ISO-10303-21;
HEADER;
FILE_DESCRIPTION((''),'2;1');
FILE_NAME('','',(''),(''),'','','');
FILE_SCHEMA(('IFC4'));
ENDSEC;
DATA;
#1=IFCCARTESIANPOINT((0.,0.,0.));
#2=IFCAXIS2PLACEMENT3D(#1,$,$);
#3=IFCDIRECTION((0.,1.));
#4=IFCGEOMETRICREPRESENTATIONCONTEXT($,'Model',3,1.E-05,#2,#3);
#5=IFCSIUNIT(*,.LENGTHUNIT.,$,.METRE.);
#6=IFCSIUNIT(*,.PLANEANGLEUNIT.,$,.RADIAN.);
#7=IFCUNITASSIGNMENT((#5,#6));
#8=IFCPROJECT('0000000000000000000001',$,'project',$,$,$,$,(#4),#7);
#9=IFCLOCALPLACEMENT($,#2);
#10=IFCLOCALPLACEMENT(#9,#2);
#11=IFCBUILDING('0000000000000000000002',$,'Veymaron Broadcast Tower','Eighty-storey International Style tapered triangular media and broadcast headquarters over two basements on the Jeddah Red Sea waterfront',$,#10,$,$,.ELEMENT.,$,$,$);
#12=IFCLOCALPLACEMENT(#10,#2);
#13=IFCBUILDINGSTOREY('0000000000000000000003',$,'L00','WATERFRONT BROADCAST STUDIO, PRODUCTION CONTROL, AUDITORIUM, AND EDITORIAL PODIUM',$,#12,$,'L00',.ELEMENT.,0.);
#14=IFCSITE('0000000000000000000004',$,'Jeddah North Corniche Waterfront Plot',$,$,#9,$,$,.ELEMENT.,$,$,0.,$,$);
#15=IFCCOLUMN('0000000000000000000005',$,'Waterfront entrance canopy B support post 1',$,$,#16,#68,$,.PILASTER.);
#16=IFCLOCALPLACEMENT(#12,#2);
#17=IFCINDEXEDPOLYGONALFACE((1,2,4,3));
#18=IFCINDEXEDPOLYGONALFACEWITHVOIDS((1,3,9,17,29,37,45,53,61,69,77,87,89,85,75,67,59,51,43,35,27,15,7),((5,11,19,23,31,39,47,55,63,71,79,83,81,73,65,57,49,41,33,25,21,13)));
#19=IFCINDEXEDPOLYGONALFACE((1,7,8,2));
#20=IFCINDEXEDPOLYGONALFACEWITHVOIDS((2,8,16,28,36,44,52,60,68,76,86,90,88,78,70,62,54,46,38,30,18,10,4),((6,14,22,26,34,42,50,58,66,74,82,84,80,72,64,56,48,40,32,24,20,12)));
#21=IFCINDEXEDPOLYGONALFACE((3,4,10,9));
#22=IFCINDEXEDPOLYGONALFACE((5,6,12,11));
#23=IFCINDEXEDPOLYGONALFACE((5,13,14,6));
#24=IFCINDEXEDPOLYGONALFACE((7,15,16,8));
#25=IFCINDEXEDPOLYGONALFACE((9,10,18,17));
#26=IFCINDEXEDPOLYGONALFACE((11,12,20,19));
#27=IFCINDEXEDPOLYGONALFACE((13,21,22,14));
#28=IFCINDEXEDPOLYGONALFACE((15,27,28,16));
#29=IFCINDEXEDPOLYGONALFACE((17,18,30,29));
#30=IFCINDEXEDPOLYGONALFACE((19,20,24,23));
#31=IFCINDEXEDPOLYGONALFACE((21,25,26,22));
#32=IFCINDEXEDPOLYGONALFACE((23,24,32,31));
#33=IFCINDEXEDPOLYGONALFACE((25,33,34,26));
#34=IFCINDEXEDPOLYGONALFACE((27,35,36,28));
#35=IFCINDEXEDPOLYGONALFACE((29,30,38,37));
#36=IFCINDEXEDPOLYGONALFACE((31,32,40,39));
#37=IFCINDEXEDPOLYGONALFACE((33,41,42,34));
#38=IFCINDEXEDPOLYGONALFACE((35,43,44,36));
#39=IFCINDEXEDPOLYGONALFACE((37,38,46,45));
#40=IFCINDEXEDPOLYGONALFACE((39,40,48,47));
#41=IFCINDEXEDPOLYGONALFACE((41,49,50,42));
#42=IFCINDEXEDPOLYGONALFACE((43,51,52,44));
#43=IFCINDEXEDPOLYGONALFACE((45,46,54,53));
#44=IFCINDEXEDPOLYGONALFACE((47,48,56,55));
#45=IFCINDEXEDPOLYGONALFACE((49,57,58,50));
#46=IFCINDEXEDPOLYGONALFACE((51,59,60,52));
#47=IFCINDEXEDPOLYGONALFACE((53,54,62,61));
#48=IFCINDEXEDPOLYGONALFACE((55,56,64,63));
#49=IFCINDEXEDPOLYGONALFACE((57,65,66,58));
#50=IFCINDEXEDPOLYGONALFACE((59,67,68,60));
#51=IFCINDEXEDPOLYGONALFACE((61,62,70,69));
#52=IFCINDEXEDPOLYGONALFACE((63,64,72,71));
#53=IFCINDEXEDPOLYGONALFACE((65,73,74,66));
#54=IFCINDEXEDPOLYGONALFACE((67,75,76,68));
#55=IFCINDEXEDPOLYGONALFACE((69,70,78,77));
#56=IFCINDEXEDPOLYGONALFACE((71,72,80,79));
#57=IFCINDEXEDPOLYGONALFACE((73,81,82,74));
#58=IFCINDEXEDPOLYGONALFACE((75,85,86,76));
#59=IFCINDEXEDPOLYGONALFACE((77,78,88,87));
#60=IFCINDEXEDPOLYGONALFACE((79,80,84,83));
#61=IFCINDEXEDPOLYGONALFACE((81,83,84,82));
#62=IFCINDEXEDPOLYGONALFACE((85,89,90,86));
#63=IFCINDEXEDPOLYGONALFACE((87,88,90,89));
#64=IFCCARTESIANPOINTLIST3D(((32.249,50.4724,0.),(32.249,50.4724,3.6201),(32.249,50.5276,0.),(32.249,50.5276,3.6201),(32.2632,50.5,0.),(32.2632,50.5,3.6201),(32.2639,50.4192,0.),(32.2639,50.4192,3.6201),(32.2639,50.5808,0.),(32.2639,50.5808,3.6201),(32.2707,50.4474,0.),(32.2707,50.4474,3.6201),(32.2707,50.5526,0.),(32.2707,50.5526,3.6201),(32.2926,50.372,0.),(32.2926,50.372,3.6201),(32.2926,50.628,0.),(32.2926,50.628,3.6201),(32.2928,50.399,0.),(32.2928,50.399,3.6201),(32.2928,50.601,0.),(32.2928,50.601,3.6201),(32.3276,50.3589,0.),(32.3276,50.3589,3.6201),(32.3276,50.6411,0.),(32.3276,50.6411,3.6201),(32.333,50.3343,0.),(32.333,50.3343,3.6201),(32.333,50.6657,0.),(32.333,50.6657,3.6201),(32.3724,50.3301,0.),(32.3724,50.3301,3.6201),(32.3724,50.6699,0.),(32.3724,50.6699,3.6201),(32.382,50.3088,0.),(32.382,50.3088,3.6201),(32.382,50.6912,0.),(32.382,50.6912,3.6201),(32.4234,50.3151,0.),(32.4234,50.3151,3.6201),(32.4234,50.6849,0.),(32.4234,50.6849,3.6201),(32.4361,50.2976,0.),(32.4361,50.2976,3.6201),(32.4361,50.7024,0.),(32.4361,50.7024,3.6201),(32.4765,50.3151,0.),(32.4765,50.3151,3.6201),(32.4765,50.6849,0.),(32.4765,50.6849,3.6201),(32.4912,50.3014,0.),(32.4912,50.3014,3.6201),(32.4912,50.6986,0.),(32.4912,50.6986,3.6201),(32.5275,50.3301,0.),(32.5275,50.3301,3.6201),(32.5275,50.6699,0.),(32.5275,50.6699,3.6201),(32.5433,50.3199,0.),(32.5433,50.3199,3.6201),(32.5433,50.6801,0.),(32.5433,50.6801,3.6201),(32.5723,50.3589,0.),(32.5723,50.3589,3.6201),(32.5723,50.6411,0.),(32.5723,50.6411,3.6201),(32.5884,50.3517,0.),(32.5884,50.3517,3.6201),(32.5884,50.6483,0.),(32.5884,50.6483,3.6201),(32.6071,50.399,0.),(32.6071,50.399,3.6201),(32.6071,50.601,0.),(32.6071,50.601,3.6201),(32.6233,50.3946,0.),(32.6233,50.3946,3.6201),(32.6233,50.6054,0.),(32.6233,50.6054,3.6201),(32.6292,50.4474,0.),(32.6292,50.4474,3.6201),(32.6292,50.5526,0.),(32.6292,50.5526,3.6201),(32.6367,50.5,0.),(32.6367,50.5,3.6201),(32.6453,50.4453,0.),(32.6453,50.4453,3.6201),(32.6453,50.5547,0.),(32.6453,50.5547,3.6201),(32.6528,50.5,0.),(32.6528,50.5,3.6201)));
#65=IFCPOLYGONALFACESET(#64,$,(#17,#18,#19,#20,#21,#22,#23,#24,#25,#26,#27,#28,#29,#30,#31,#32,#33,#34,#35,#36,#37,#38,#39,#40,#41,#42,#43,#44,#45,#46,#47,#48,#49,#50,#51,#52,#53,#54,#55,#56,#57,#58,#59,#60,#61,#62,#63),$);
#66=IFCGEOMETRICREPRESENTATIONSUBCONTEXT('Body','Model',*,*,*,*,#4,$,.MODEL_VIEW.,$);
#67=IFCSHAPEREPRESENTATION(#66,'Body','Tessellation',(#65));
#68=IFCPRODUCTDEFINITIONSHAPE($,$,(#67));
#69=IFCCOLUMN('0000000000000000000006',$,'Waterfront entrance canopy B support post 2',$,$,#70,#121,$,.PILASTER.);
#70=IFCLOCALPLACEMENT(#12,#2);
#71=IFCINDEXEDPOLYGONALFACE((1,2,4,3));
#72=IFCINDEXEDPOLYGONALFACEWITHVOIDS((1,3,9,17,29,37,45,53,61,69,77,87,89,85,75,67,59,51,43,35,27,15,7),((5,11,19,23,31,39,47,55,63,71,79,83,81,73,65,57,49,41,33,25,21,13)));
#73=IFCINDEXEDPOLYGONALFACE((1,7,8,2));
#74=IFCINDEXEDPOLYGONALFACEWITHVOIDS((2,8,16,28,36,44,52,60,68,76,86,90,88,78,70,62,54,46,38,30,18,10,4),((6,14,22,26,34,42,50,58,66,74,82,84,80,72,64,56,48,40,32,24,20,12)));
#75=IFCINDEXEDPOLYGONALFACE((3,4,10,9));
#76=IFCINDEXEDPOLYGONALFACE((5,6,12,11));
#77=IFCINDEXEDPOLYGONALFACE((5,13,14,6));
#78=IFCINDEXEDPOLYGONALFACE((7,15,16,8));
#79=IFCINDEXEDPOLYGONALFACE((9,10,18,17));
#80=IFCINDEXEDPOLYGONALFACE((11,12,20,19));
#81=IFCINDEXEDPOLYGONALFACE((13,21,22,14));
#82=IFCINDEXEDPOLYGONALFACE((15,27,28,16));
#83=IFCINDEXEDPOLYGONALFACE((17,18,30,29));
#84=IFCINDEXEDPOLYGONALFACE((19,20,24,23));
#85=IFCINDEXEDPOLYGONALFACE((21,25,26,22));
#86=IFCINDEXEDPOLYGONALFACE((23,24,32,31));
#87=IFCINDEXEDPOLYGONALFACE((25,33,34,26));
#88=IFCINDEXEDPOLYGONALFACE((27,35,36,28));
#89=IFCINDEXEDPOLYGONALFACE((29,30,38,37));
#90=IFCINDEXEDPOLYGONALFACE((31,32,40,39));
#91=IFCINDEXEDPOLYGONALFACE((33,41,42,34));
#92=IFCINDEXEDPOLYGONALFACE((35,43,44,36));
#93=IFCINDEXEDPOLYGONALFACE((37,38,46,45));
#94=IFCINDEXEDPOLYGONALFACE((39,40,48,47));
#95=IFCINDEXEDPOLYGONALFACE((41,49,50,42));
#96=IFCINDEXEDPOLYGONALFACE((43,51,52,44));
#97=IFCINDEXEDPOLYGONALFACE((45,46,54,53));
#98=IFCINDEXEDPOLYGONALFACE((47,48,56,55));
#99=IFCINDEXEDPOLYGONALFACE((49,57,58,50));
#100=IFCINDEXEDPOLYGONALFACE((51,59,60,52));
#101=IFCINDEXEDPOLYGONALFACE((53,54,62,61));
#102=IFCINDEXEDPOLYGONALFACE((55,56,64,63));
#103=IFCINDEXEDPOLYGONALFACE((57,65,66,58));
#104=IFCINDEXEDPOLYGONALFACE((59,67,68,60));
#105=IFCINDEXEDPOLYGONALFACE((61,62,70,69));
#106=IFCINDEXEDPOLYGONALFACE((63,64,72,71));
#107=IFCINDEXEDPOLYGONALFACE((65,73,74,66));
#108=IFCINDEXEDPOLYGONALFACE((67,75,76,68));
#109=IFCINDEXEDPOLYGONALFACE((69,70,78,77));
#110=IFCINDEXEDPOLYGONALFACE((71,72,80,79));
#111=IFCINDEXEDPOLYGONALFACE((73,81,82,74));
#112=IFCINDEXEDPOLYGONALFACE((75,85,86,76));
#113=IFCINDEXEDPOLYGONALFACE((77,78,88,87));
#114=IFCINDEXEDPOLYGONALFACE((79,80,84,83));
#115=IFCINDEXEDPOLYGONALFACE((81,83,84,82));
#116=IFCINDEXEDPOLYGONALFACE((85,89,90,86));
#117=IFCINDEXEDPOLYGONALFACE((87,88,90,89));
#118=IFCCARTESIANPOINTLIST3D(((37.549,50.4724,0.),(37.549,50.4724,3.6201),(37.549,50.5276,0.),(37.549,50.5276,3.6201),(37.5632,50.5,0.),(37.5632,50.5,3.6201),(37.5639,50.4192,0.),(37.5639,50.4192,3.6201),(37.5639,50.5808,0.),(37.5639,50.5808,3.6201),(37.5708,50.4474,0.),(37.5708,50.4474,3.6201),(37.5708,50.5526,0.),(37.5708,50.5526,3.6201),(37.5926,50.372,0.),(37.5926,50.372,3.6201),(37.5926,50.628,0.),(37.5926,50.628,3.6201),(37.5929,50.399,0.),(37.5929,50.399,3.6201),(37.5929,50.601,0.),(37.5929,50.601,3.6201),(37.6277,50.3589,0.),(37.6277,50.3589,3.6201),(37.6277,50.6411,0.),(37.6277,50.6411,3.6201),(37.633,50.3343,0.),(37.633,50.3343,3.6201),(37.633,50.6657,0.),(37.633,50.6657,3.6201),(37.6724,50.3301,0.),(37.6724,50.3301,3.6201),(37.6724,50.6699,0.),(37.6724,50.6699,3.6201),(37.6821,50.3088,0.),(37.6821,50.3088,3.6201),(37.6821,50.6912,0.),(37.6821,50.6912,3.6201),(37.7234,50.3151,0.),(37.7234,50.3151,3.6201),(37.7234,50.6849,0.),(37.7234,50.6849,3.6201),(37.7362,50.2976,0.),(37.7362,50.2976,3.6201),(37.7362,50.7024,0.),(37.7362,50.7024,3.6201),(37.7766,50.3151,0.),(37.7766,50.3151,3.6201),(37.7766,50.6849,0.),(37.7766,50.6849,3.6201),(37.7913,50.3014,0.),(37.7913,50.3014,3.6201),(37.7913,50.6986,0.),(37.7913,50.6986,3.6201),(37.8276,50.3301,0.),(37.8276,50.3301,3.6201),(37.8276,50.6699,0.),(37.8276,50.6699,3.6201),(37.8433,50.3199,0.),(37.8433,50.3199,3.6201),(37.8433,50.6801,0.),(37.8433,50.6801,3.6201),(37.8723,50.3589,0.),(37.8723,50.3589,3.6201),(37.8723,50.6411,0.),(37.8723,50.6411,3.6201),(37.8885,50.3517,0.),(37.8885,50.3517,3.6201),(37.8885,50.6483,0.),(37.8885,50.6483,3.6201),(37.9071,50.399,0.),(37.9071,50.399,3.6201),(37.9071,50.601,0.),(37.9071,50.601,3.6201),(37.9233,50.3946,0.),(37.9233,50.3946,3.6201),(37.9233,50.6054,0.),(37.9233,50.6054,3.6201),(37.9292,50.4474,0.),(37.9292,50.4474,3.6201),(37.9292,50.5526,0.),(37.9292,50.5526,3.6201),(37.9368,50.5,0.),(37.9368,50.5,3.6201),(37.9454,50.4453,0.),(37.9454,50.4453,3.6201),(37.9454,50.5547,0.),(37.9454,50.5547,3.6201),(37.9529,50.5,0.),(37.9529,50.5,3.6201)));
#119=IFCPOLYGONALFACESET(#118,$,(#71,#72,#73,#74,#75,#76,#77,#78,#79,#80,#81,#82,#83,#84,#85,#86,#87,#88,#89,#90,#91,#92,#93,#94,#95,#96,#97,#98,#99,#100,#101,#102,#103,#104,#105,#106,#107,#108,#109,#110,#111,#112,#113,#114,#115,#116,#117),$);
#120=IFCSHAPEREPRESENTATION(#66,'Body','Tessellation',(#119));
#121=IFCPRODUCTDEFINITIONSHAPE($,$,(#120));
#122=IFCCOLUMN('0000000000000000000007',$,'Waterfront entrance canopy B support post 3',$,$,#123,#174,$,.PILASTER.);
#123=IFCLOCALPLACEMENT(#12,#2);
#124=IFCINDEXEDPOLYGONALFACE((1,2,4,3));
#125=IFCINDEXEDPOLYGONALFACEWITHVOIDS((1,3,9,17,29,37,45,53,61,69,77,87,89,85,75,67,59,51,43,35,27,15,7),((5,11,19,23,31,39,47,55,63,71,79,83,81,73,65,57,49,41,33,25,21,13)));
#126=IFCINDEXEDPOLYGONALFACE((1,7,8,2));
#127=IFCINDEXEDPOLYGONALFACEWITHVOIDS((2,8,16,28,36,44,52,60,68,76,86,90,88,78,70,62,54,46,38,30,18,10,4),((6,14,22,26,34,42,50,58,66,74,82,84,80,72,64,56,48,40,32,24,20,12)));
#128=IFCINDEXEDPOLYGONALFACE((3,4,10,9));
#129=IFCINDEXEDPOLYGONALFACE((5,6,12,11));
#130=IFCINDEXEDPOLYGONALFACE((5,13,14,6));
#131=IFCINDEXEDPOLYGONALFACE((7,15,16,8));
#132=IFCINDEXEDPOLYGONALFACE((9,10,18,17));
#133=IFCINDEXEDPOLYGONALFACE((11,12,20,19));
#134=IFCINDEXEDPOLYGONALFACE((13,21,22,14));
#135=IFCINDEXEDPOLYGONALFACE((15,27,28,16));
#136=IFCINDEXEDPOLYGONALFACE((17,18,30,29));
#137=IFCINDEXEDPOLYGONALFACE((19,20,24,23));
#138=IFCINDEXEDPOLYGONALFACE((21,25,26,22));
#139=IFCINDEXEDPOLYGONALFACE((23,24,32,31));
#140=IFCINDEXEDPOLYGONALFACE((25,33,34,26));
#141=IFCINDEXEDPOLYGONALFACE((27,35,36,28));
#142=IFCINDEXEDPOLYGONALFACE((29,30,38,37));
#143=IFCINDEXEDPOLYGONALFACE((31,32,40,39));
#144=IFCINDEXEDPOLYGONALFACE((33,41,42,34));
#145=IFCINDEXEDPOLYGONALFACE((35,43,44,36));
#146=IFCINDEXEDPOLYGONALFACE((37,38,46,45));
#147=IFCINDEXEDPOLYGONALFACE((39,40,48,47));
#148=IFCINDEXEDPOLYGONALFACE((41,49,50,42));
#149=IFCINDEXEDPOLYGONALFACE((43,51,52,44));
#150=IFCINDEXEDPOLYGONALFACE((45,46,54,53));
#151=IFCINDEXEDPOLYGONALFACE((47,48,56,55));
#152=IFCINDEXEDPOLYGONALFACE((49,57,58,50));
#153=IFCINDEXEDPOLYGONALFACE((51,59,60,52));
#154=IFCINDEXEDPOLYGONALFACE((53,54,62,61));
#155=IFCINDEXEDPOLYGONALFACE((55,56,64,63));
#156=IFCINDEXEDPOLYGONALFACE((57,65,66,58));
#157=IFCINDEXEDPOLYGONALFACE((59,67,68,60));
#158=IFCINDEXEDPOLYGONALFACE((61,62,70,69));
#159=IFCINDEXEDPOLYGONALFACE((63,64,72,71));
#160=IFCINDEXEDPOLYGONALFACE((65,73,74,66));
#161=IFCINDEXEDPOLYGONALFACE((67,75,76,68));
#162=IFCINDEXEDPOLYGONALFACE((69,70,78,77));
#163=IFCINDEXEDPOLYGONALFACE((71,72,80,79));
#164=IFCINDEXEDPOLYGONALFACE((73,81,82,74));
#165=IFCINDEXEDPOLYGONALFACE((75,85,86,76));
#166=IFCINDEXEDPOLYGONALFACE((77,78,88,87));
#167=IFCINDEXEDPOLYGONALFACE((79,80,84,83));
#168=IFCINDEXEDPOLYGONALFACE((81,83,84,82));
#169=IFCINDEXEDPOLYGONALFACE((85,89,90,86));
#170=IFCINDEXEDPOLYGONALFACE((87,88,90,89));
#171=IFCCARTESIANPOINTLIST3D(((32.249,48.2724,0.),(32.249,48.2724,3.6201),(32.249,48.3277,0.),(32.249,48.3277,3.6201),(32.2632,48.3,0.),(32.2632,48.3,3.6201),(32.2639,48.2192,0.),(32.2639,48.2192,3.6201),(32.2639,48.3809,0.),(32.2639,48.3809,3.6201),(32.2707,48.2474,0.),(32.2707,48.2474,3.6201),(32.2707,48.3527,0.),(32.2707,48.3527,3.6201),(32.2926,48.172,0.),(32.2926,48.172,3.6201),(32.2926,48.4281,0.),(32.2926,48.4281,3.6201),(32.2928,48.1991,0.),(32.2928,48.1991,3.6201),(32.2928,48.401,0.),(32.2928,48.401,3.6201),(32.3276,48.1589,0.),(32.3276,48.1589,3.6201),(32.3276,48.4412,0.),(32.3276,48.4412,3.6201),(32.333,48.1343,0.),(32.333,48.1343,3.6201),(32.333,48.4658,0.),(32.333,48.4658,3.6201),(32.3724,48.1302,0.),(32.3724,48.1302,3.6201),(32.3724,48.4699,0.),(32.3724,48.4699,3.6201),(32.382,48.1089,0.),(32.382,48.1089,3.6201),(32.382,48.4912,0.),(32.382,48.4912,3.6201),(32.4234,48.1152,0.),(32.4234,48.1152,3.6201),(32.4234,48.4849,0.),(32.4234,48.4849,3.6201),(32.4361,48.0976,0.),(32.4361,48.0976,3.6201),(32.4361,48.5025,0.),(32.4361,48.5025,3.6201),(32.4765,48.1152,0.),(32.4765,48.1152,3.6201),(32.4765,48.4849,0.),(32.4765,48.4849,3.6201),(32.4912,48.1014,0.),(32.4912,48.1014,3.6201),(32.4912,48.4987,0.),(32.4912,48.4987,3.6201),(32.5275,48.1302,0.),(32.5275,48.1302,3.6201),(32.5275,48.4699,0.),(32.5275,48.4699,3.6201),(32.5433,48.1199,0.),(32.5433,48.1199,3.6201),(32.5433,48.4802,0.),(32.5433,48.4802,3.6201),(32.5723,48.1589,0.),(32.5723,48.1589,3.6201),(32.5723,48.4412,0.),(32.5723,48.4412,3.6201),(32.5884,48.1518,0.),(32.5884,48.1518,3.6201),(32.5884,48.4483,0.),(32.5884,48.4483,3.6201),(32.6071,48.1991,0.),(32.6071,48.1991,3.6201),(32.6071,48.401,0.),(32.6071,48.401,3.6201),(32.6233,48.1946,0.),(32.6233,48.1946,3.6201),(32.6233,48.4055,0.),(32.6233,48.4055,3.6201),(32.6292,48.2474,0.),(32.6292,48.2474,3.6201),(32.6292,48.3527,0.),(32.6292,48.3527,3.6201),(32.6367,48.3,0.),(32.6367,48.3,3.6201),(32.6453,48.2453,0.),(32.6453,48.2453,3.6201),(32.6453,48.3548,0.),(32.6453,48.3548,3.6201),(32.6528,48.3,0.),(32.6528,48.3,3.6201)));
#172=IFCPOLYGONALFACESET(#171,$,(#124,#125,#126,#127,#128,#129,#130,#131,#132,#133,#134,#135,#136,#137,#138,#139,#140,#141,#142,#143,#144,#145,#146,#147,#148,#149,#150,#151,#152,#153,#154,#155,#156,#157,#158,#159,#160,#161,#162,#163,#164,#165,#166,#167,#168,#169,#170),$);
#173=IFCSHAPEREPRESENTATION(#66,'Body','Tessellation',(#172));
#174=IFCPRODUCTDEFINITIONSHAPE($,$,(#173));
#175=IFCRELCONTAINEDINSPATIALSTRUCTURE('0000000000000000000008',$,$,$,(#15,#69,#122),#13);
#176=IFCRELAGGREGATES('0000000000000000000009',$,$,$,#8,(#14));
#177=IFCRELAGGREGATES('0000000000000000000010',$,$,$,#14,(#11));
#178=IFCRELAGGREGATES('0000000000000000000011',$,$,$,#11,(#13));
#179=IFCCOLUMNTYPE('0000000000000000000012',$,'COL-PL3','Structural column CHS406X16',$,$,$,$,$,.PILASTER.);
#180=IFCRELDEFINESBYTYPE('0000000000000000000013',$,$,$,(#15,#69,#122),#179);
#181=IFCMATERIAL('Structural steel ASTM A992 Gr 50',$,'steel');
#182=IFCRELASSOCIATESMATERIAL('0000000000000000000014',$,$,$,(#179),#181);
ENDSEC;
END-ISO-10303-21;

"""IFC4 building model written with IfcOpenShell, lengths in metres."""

from ifc_helpers import new_model, si_unit, direction, frame, origin, origin_2d, place, context, subcontext, project, spatial, hollow_circle, extrude, material, material_profile, profile_set, type_object, element, save


model = new_model("IFC4")

# Units and contexts
model_context = context("Model", 3, precision=1e-05, world=origin(), true_north=direction((0.0, 1.0)))
body_context = subcontext(model_context, "Body", "Model", "MODEL_VIEW")
ifc_project = project(units=[si_unit("LENGTHUNIT", "METRE"), si_unit("PLANEANGLEUNIT", "RADIAN")], contexts=[model_context])

# Site, building, storey
site_placement = place(None, origin())
site = spatial("IfcSite", under=ifc_project, at=site_placement, Name="Jeddah North Corniche Waterfront Plot", CompositionType="ELEMENT", RefElevation=0.0)
building_placement = place(site_placement, origin())
building = spatial("IfcBuilding", under=site, at=building_placement, Name="Veymaron Broadcast Tower", Description="Eighty-storey International Style tapered triangular media and broadcast headquarters over two basements on the Jeddah Red Sea waterfront", CompositionType="ELEMENT")
storey_placement = place(building_placement, origin())
storey = spatial("IfcBuildingStorey", under=building, at=storey_placement, Name="L00", Description="WATERFRONT BROADCAST STUDIO, PRODUCTION CONTROL, AUDITORIUM, AND EDITORIAL PODIUM", LongName="L00", CompositionType="ELEMENT", Elevation=0.0)

# Columns
ifc_material_1 = material(Name="Structural steel ASTM A992 Gr 50", Category="steel")
ifc_material_profile_1 = material_profile(ifc_material_1, hollow_circle(Radius=0.2029, WallThickness=0.0161, at=origin_2d()), Name="CHS406X16")
ifc_profile_set_1 = profile_set([ifc_material_profile_1], Name="Structural steel ASTM A992 Gr 50")
column_type_1 = type_object("IfcColumnType", Name="COL-PL3", Description="Structural column CHS406X16", PredefinedType="PILASTER", material=ifc_profile_set_1)
for number, where, z_axis, x_axis, name in (
    (1, (32.45, 50.5, 0.0), (0.0, 0.0, 1.0), (1.0, 0.0, 0.0), "Waterfront entrance canopy B support post 1"),
    (2, (37.75, 50.5, 0.0), (0.0, 0.0, 1.0), (1.0, 0.0, 0.0), "Waterfront entrance canopy B support post 2"),
    (3, (32.45, 48.3, 0.0), (0.0, 0.0, 1.0), (1.0, 0.0, 0.0), "Waterfront entrance canopy B support post 3"),
):
    element("IfcColumn", number, at=place(storey_placement, frame(where, z_axis=z_axis, x_axis=x_axis)), inside=storey, type_object=column_type_1, Name=name, PredefinedType="PILASTER", context=body_context, shape_type="SweptSolid", body=[
        extrude(hollow_circle(Radius=0.2029, WallThickness=0.0161, at=origin_2d()), origin(), (0.0, 0.0, 1.0), 3.6201),
    ])

save(model, "model.ifc")
